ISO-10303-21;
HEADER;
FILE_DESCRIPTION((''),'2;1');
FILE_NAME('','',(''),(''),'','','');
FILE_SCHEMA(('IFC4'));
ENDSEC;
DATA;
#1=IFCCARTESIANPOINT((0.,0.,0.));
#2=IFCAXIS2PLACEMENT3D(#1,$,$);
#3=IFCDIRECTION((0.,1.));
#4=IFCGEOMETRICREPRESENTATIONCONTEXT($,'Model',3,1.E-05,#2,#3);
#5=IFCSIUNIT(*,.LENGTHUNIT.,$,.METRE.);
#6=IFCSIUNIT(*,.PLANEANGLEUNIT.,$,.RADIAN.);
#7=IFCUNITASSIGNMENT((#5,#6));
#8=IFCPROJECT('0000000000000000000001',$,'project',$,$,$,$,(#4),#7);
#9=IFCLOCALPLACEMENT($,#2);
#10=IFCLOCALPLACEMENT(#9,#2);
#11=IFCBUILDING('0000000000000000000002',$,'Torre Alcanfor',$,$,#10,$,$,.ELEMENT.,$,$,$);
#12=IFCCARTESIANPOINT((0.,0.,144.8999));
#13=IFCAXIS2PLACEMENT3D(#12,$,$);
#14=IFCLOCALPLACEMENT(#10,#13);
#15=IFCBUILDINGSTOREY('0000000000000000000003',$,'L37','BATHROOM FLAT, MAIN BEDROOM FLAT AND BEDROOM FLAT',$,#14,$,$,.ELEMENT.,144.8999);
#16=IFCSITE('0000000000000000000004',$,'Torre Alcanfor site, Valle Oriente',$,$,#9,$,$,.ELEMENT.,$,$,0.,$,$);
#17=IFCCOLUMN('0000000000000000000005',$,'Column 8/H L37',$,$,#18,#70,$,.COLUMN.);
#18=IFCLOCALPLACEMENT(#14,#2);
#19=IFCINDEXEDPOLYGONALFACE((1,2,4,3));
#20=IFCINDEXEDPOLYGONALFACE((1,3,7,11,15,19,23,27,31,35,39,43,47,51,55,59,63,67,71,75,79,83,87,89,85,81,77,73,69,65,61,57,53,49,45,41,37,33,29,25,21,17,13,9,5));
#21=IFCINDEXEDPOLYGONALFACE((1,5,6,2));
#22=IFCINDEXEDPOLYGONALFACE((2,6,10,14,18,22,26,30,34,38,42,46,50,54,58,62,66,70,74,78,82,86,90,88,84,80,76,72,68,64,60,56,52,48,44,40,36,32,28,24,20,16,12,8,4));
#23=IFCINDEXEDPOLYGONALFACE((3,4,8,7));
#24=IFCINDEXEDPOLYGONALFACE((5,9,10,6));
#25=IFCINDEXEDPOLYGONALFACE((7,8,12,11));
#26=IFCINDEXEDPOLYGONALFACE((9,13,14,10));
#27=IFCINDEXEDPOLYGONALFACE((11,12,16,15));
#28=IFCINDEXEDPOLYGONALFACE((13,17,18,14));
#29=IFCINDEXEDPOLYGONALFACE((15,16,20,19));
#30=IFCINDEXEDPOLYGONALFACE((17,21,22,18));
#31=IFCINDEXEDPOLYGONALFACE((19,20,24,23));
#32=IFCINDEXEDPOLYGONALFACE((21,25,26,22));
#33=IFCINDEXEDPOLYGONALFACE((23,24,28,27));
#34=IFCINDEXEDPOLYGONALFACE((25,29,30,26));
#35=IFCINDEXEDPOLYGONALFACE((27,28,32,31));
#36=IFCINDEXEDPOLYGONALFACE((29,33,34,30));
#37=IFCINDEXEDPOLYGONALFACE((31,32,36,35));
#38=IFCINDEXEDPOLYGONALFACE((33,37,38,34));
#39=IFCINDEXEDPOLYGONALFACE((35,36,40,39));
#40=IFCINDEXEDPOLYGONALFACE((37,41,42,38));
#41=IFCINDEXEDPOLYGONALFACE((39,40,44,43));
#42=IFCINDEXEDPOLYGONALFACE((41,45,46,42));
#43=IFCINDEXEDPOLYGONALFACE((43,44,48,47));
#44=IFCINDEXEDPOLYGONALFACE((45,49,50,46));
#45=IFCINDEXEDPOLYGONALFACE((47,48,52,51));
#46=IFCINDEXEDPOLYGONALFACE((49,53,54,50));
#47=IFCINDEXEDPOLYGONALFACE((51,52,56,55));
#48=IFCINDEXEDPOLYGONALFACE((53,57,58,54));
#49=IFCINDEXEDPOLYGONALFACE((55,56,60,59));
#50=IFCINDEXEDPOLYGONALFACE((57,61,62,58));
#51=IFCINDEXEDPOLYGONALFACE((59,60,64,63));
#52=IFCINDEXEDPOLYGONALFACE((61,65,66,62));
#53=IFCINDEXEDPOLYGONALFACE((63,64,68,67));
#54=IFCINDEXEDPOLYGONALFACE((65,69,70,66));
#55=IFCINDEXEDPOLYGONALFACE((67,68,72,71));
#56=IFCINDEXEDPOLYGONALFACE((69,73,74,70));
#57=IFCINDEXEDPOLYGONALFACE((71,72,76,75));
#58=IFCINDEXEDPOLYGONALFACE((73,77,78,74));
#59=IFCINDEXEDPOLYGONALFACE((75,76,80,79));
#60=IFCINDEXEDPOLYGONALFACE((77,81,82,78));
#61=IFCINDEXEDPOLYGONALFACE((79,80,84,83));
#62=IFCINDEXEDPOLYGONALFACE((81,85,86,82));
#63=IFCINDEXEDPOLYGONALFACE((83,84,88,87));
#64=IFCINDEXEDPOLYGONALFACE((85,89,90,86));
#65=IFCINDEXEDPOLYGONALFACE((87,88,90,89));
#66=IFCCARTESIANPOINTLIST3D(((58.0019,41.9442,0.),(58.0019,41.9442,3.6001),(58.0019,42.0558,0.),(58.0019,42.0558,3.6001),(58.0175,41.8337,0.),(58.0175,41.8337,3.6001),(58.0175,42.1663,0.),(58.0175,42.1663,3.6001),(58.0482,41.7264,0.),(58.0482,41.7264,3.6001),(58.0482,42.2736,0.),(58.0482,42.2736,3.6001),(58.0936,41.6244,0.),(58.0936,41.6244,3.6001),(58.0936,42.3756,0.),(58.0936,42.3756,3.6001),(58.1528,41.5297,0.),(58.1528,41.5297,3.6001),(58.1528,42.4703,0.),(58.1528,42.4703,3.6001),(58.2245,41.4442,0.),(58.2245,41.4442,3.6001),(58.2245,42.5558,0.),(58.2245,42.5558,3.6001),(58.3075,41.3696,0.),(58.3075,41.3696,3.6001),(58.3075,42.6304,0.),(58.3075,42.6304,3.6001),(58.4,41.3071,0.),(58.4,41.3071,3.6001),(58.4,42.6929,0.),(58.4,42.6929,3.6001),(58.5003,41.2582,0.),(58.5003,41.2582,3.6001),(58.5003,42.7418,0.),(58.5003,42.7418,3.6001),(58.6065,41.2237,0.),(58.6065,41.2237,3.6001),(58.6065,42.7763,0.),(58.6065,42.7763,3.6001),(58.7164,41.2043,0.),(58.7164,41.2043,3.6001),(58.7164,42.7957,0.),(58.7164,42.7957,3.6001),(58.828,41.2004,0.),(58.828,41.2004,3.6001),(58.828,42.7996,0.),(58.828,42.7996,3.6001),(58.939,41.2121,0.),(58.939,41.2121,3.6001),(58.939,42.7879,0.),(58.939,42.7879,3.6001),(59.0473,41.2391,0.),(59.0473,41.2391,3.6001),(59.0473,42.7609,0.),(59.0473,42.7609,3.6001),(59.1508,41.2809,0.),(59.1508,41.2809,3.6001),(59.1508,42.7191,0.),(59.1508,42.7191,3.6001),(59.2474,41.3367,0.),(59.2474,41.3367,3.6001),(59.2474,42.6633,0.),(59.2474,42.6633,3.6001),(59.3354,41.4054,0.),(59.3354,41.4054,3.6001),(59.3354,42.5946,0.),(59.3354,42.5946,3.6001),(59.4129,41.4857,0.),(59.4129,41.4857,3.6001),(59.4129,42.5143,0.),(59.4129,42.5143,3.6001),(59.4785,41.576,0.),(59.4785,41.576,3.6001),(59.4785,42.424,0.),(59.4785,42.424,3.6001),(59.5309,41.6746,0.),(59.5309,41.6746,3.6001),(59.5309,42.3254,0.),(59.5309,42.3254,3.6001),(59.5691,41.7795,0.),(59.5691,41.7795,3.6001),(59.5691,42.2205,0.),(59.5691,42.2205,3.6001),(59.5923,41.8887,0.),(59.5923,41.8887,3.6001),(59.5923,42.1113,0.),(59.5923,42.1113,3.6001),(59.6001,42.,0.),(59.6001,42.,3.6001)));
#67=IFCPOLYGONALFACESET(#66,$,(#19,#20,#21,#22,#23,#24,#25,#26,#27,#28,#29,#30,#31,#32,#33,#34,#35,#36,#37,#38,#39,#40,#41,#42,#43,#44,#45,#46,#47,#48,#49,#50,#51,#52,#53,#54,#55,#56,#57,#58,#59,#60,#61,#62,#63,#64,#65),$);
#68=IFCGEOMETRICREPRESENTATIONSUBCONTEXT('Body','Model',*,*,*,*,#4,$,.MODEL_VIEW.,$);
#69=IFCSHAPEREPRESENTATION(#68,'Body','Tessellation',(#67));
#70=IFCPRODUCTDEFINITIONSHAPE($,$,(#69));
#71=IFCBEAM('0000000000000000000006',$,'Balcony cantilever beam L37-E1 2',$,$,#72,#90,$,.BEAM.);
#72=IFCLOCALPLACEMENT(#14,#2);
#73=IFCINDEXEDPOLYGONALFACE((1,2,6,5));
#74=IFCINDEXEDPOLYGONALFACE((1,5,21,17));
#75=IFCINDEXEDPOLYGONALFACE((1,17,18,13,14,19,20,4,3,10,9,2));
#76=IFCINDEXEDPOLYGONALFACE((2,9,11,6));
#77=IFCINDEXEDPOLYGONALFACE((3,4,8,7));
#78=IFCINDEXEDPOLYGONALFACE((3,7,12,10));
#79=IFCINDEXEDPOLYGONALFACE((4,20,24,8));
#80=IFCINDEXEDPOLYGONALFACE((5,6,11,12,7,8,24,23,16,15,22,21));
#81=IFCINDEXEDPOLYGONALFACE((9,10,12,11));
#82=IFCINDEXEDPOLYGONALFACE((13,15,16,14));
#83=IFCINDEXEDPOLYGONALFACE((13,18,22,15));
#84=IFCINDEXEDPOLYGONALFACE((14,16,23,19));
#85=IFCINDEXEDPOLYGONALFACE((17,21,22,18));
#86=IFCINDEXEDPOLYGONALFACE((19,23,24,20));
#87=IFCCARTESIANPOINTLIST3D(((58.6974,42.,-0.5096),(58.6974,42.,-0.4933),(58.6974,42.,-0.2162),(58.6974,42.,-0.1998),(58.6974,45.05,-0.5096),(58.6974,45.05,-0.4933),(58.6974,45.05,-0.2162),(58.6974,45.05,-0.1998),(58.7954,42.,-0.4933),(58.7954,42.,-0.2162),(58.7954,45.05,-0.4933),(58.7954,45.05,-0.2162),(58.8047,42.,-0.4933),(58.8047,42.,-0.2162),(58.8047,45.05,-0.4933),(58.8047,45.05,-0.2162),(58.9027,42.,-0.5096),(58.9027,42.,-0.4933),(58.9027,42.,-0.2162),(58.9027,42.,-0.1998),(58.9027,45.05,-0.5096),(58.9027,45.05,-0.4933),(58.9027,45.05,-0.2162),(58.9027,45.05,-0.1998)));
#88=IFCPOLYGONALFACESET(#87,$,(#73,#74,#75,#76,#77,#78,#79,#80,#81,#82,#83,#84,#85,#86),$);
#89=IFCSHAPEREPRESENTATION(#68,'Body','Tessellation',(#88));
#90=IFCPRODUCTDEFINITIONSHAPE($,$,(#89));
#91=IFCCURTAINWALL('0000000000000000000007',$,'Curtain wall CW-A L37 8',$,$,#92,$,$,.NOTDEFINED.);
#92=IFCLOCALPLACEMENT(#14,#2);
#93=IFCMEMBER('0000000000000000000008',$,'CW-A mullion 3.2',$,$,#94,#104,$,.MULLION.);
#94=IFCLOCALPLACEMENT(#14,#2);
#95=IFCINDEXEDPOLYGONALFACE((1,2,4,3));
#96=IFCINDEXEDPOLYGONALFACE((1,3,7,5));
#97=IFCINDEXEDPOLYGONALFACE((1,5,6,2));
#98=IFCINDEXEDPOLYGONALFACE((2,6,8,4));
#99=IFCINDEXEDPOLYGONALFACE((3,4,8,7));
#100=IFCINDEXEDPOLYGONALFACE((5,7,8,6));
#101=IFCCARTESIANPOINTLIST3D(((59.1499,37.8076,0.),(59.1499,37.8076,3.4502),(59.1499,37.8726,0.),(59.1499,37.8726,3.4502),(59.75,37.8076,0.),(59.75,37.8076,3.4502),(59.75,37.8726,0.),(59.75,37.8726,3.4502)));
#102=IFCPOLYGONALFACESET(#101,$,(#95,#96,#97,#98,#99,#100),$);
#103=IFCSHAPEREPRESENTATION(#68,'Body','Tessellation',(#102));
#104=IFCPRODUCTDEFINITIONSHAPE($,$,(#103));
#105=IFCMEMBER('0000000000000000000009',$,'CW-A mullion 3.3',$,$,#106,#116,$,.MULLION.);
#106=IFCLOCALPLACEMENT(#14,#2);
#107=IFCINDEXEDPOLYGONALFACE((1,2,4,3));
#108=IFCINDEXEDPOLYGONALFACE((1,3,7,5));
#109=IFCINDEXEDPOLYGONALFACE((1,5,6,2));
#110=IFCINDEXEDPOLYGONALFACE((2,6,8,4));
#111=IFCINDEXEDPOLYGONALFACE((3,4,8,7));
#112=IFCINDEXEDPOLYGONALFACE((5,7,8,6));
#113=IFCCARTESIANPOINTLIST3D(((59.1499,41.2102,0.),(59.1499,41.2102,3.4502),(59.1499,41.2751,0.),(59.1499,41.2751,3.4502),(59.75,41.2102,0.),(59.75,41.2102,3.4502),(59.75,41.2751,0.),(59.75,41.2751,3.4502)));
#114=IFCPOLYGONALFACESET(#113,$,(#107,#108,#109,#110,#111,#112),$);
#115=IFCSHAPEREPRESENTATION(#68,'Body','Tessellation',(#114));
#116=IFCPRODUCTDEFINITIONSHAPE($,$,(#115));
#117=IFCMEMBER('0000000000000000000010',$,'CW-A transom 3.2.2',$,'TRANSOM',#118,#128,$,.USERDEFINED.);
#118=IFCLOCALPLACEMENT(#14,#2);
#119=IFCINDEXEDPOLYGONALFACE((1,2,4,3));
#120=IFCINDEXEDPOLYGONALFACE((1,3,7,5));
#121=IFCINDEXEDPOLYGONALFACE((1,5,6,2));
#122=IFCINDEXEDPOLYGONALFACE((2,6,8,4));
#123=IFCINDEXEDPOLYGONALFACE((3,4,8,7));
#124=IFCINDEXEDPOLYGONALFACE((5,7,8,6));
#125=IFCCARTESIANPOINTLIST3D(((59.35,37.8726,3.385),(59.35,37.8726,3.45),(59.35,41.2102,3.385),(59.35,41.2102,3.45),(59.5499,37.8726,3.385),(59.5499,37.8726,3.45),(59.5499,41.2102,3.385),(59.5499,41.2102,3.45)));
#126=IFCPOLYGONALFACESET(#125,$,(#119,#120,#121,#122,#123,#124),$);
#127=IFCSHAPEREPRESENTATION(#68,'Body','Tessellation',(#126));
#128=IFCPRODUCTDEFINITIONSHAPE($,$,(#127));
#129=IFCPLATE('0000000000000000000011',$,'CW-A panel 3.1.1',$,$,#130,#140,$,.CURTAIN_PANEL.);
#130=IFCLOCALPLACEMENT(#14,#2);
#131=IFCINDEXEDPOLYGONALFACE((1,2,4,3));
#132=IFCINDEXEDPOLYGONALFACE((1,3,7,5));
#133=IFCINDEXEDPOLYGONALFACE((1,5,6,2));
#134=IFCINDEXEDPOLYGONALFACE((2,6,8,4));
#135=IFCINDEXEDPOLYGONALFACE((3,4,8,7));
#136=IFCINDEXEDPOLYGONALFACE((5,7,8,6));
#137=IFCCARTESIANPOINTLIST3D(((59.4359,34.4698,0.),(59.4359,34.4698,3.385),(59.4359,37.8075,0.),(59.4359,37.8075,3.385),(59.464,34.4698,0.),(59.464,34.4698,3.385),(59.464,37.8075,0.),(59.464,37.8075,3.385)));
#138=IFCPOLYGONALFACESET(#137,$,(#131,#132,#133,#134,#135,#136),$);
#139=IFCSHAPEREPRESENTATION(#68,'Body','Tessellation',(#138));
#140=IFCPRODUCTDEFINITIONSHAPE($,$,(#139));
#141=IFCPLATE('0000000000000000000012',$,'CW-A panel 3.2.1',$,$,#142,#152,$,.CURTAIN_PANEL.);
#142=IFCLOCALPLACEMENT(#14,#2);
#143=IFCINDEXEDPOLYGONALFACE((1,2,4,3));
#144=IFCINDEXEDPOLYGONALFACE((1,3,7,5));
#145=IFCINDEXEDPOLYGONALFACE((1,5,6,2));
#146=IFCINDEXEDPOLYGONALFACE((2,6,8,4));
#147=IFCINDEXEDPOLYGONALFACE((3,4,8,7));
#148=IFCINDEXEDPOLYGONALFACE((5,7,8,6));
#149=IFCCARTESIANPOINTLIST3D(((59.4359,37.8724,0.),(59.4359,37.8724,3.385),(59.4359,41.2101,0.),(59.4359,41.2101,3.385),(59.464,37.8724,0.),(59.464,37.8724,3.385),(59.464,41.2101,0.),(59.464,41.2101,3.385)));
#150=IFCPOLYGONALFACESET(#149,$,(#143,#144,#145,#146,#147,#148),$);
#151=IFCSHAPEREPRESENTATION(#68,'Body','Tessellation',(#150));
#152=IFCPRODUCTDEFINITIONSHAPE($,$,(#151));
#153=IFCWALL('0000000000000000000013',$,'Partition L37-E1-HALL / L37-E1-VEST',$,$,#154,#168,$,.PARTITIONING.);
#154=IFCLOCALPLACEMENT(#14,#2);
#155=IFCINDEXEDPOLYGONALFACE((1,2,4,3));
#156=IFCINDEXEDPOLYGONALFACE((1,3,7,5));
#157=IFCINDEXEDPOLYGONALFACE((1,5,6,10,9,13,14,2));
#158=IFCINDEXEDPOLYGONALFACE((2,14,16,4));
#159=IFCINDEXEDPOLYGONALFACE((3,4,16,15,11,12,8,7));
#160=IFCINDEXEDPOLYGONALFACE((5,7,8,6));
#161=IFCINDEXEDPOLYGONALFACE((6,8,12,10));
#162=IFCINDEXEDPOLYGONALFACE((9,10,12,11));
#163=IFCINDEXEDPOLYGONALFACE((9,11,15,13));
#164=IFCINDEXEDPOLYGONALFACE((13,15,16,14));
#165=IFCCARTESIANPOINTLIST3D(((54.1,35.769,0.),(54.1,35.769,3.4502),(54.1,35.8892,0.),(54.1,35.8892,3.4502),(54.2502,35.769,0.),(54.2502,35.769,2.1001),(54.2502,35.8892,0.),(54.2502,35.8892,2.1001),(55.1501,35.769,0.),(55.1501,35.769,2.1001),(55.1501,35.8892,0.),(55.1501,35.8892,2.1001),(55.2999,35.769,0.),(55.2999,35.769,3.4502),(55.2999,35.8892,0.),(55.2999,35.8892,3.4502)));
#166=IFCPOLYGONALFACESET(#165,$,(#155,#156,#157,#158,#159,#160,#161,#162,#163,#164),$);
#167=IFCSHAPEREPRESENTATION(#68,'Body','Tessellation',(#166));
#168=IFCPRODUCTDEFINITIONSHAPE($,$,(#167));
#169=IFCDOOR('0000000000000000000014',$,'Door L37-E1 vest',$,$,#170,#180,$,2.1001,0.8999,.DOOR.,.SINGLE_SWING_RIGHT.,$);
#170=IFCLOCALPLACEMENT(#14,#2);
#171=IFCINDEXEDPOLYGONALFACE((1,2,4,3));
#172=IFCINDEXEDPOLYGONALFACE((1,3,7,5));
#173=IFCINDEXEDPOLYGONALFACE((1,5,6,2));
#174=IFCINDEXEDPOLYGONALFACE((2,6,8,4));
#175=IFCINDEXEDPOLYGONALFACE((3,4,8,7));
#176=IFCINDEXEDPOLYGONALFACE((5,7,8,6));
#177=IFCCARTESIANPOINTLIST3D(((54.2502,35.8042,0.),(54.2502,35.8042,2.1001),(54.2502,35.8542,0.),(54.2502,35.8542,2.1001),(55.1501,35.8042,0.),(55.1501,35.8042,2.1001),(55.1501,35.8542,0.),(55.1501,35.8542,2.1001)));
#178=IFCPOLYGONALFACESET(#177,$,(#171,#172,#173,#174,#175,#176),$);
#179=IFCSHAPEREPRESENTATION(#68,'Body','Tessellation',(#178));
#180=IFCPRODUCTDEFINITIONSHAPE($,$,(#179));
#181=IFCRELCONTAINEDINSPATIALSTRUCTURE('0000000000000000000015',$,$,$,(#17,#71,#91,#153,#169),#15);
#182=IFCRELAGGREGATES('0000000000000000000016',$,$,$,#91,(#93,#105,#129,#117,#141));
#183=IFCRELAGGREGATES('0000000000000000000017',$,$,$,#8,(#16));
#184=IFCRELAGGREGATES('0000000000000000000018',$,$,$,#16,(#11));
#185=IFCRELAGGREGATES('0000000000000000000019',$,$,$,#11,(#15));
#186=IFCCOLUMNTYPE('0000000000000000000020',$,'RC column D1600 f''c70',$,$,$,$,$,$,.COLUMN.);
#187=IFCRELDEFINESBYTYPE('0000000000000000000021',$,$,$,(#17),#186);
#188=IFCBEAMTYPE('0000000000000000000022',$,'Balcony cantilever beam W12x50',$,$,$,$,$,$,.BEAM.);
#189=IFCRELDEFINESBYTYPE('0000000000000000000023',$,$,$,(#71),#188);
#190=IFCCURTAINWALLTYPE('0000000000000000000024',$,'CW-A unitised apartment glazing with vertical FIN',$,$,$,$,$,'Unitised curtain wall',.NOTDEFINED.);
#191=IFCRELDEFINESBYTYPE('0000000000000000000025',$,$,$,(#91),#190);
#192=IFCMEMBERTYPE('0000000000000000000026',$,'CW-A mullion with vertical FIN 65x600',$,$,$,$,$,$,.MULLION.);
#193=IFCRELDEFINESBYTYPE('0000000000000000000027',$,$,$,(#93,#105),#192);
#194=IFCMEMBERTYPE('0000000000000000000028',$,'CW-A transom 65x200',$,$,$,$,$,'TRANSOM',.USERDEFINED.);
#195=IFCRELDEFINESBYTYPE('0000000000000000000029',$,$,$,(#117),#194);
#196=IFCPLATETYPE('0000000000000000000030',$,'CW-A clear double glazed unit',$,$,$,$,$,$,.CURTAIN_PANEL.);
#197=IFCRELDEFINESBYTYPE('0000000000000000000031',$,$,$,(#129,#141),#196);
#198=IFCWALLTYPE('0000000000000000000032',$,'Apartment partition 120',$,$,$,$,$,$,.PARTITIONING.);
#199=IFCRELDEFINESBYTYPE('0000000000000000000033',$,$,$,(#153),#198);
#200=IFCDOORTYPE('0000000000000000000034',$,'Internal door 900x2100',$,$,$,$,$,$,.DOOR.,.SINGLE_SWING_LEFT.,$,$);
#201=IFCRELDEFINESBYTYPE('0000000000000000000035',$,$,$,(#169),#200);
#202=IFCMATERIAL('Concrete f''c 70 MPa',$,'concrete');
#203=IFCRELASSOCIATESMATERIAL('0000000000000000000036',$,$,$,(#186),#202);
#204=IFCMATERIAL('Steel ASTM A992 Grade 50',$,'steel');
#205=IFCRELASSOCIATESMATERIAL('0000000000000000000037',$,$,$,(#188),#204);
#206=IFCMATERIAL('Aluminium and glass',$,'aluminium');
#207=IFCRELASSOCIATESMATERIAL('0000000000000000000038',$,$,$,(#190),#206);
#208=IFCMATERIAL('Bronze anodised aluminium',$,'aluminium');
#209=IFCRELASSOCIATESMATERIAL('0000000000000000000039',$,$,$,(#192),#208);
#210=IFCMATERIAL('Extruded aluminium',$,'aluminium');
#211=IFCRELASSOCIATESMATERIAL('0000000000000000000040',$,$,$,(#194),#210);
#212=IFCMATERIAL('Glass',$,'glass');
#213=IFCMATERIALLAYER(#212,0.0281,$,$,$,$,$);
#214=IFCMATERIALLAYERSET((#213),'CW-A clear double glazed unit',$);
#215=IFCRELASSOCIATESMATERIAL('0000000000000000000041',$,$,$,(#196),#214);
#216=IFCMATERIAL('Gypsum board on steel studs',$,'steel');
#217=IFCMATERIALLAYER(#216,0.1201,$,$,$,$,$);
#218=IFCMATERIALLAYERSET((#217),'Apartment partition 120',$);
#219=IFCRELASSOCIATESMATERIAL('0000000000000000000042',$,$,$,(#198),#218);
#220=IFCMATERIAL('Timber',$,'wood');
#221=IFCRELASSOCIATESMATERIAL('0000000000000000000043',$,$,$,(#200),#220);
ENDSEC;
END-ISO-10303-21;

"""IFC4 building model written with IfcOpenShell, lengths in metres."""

from ifc_helpers import new_model, si_unit, direction, frame, frame_2d, origin, origin_2d, place, context, subcontext, project, spatial, rectangle, circle, i_section, extrude, material, layer, layer_set, material_profile, profile_set, type_object, element, fill, aggregate, save


model = new_model("IFC4")

# Units and contexts
model_context = context("Model", 3, precision=1e-05, world=origin(), true_north=direction((0.0, 1.0)))
body_context = subcontext(model_context, "Body", "Model", "MODEL_VIEW")
ifc_project = project(units=[si_unit("LENGTHUNIT", "METRE"), si_unit("PLANEANGLEUNIT", "RADIAN")], contexts=[model_context])

# Site, building, storey
site_placement = place(None, origin())
site = spatial("IfcSite", under=ifc_project, at=site_placement, Name="Torre Alcanfor site, Valle Oriente", CompositionType="ELEMENT", RefElevation=0.0)
building_placement = place(site_placement, origin())
building = spatial("IfcBuilding", under=site, at=building_placement, Name="Torre Alcanfor", CompositionType="ELEMENT")
storey_placement = place(building_placement, frame((0.0, 0.0, 144.8999)))
storey = spatial("IfcBuildingStorey", under=building, at=storey_placement, Name="L37", Description="BATHROOM FLAT, MAIN BEDROOM FLAT AND BEDROOM FLAT", CompositionType="ELEMENT", Elevation=144.8999)

# Column
ifc_material_1 = material(Name="Concrete f'c 70 MPa", Category="concrete")
ifc_material_profile_1 = material_profile(ifc_material_1, circle(Radius=0.8, at=origin_2d()), Name="D1600")
ifc_profile_set_1 = profile_set([ifc_material_profile_1], Name="Concrete f'c 70 MPa")
column_type = type_object("IfcColumnType", Name="RC column D1600 f'c70", PredefinedType="COLUMN", material=ifc_profile_set_1)
column_placement = place(storey_placement, frame((58.8, 42.0, 0.0), z_axis=(0.0, 0.0, 1.0), x_axis=(1.0, 0.0, 0.0)))
element("IfcColumn", 1, at=column_placement, inside=storey, type_object=column_type, Name="Column 8/H L37", PredefinedType="COLUMN", context=body_context, shape_type="SweptSolid", body=[
    extrude(circle(Radius=0.8, at=origin_2d()), origin(), (0.0, 0.0, 1.0), 3.6001),
])

# Beam
ifc_material_2 = material(Name="Steel ASTM A992 Grade 50", Category="steel")
ifc_material_profile_2 = material_profile(ifc_material_2, i_section(OverallWidth=0.2053, OverallDepth=0.3098, WebThickness=0.0093, FlangeThickness=0.0164, at=origin_2d()), Name="W12x50")
ifc_profile_set_2 = profile_set([ifc_material_profile_2], Name="Steel ASTM A992 Grade 50")
beam_type = type_object("IfcBeamType", Name="Balcony cantilever beam W12x50", PredefinedType="BEAM", material=ifc_profile_set_2)
beam_placement = place(storey_placement, frame((58.8, 42.0, -0.3547), z_axis=(0.0, 1.0, 0.0), x_axis=(-1.0, 0.0, 0.0)))
element("IfcBeam", 2, at=beam_placement, inside=storey, type_object=beam_type, Name="Balcony cantilever beam L37-E1 2", PredefinedType="BEAM", context=body_context, shape_type="SweptSolid", body=[
    extrude(i_section(OverallWidth=0.2053, OverallDepth=0.3098, WebThickness=0.0093, FlangeThickness=0.0164, at=origin_2d()), origin(), (0.0, 0.0, 1.0), 3.05),
])

# Curtain wall, members, plates
ifc_material_3 = material(Name="Aluminium and glass", Category="aluminium")
curtain_wall_type = type_object("IfcCurtainWallType", Name="CW-A unitised apartment glazing with vertical FIN", ElementType="Unitised curtain wall", PredefinedType="NOTDEFINED", material=ifc_material_3)
curtain_wall_placement = place(storey_placement, origin())
curtain_wall = element("IfcCurtainWall", 3, at=curtain_wall_placement, inside=storey, type_object=curtain_wall_type, Name="Curtain wall CW-A L37 8", PredefinedType="NOTDEFINED")
ifc_material_4 = material(Name="Bronze anodised aluminium", Category="aluminium")
ifc_material_profile_3 = material_profile(ifc_material_4, rectangle(XDim=0.6001, YDim=0.0649, at=origin_2d()), Name="CW-A mullion 65x600")
ifc_profile_set_3 = profile_set([ifc_material_profile_3], Name="Bronze anodised aluminium")
member_type_1 = type_object("IfcMemberType", Name="CW-A mullion with vertical FIN 65x600", PredefinedType="MULLION", material=ifc_profile_set_3)
member_1_placement = place(storey_placement, frame((59.45, 37.8401, 0.0), z_axis=(0.0, 0.0, 1.0), x_axis=(-1.0, 0.0, 0.0)))
member_1 = element("IfcMember", 4, at=member_1_placement, type_object=member_type_1, Name="CW-A mullion 3.2", PredefinedType="MULLION", context=body_context, shape_type="SweptSolid", body=[
    extrude(rectangle(XDim=0.6001, YDim=0.0649, at=origin_2d()), origin(), (0.0, 0.0, 1.0), 3.4502),
])
member_2_placement = place(storey_placement, frame((59.45, 41.2427, 0.0), z_axis=(0.0, 0.0, 1.0), x_axis=(-1.0, 0.0, 0.0)))
member_2 = element("IfcMember", 5, at=member_2_placement, type_object=member_type_1, Name="CW-A mullion 3.3", PredefinedType="MULLION", context=body_context, shape_type="SweptSolid", body=[
    extrude(rectangle(XDim=0.6001, YDim=0.0649, at=origin_2d()), origin(), (0.0, 0.0, 1.0), 3.4502),
])
ifc_material_5 = material(Name="Extruded aluminium", Category="aluminium")
ifc_material_profile_4 = material_profile(ifc_material_5, rectangle(XDim=0.2, YDim=0.0649, at=origin_2d()), Name="CW-A transom 200x65")
ifc_profile_set_4 = profile_set([ifc_material_profile_4], Name="Extruded aluminium")
member_type_2 = type_object("IfcMemberType", Name="CW-A transom 65x200", ElementType="TRANSOM", PredefinedType="USERDEFINED", material=ifc_profile_set_4)
member_3_placement = place(storey_placement, frame((59.45, 37.8726, 3.4175), z_axis=(0.0, 1.0, 0.0), x_axis=(-1.0, 0.0, 0.0)))
member_3 = element("IfcMember", 6, at=member_3_placement, type_object=member_type_2, Name="CW-A transom 3.2.2", ObjectType="TRANSOM", PredefinedType="USERDEFINED", context=body_context, shape_type="SweptSolid", body=[
    extrude(rectangle(XDim=0.2, YDim=0.0649, at=origin_2d()), origin(), (0.0, 0.0, 1.0), 3.3376),
])
ifc_material_6 = material(Name="Glass", Category="glass")
ifc_layer_1 = layer(ifc_material_6, 0.0281)
ifc_layer_set_1 = layer_set([ifc_layer_1], Name="CW-A clear double glazed unit")
plate_type = type_object("IfcPlateType", Name="CW-A clear double glazed unit", PredefinedType="CURTAIN_PANEL", material=ifc_layer_set_1)
plate_1_placement = place(storey_placement, frame((59.45, 36.1387, 0.0), z_axis=(0.0, 0.0, 1.0), x_axis=(0.0, 1.0, 0.0)))
plate_1 = element("IfcPlate", 7, at=plate_1_placement, type_object=plate_type, Name="CW-A panel 3.1.1", PredefinedType="CURTAIN_PANEL", context=body_context, shape_type="SweptSolid", body=[
    extrude(rectangle(XDim=3.3376, YDim=0.0281, at=origin_2d()), origin(), (0.0, 0.0, 1.0), 3.385),
])
plate_2_placement = place(storey_placement, frame((59.45, 39.5413, 0.0), z_axis=(0.0, 0.0, 1.0), x_axis=(0.0, 1.0, 0.0)))
plate_2 = element("IfcPlate", 8, at=plate_2_placement, type_object=plate_type, Name="CW-A panel 3.2.1", PredefinedType="CURTAIN_PANEL", context=body_context, shape_type="SweptSolid", body=[
    extrude(rectangle(XDim=3.3376, YDim=0.0281, at=origin_2d()), origin(), (0.0, 0.0, 1.0), 3.385),
])
aggregate(curtain_wall, [member_1, member_2, plate_1, member_3, plate_2])

# Wall, opening, door
ifc_material_7 = material(Name="Gypsum board on steel studs", Category="steel")
ifc_layer_2 = layer(ifc_material_7, 0.1201)
ifc_layer_set_2 = layer_set([ifc_layer_2], Name="Apartment partition 120")
wall_type_1 = type_object("IfcWallType", Name="Apartment partition 120", PredefinedType="PARTITIONING", material=ifc_layer_set_2)
wall_1_placement = place(storey_placement, frame((55.3, 35.8291, 0.0), z_axis=(0.0, 0.0, 1.0), x_axis=(-1.0, 0.0, 0.0)))
wall_1 = element("IfcWall", 9, at=wall_1_placement, inside=storey, type_object=wall_type_1, Name="Partition L37-E1-HALL / L37-E1-VEST", PredefinedType="PARTITIONING", context=body_context, shape_type="SweptSolid", body=[
    extrude(rectangle(XDim=1.2, YDim=0.1201, at=frame_2d((0.6001, 0.0))), origin(), (0.0, 0.0, 1.0), 3.4502),
])
opening_1_placement = place(wall_1_placement, frame((0.1499, 0.0, 0.0)))
opening_1 = element("IfcOpeningElement", 10, at=opening_1_placement, cuts=wall_1, PredefinedType="OPENING", context=body_context, shape_type="SweptSolid", body=[
    extrude(rectangle(XDim=0.8999, YDim=2.1001, at=frame_2d((0.45, 1.05))), frame((0.0, 0.0701, 0.0), z_axis=(0.0, -1.0, 0.0), x_axis=(1.0, 0.0, 0.0)), (0.0, 0.0, 1.0), 0.1401),
])
ifc_material_8 = material(Name="Timber", Category="wood")
door_type_1 = type_object("IfcDoorType", Name="Internal door 900x2100", OperationType="SINGLE_SWING_LEFT", PredefinedType="DOOR", material=ifc_material_8)
door_1_placement = place(opening_1_placement, frame((0.8999, 0.0, 0.0), z_axis=(0.0, 0.0, 1.0), x_axis=(-1.0, 0.0, 0.0)))
door_1 = element("IfcDoor", 11, at=door_1_placement, inside=storey, type_object=door_type_1, Name="Door L37-E1 vest", OperationType="SINGLE_SWING_RIGHT", OverallHeight=2.1001, OverallWidth=0.8999, PredefinedType="DOOR", context=body_context, shape_type="SweptSolid", body=[
    extrude(rectangle(XDim=0.8999, YDim=2.1001, at=frame_2d((0.45, 1.05))), frame((0.0, 0.0251, 0.0), z_axis=(0.0, -1.0, 0.0), x_axis=(1.0, 0.0, 0.0)), (0.0, 0.0, 1.0), 0.05),
])
fill(opening_1, door_1)

save(model, "model.ifc")
